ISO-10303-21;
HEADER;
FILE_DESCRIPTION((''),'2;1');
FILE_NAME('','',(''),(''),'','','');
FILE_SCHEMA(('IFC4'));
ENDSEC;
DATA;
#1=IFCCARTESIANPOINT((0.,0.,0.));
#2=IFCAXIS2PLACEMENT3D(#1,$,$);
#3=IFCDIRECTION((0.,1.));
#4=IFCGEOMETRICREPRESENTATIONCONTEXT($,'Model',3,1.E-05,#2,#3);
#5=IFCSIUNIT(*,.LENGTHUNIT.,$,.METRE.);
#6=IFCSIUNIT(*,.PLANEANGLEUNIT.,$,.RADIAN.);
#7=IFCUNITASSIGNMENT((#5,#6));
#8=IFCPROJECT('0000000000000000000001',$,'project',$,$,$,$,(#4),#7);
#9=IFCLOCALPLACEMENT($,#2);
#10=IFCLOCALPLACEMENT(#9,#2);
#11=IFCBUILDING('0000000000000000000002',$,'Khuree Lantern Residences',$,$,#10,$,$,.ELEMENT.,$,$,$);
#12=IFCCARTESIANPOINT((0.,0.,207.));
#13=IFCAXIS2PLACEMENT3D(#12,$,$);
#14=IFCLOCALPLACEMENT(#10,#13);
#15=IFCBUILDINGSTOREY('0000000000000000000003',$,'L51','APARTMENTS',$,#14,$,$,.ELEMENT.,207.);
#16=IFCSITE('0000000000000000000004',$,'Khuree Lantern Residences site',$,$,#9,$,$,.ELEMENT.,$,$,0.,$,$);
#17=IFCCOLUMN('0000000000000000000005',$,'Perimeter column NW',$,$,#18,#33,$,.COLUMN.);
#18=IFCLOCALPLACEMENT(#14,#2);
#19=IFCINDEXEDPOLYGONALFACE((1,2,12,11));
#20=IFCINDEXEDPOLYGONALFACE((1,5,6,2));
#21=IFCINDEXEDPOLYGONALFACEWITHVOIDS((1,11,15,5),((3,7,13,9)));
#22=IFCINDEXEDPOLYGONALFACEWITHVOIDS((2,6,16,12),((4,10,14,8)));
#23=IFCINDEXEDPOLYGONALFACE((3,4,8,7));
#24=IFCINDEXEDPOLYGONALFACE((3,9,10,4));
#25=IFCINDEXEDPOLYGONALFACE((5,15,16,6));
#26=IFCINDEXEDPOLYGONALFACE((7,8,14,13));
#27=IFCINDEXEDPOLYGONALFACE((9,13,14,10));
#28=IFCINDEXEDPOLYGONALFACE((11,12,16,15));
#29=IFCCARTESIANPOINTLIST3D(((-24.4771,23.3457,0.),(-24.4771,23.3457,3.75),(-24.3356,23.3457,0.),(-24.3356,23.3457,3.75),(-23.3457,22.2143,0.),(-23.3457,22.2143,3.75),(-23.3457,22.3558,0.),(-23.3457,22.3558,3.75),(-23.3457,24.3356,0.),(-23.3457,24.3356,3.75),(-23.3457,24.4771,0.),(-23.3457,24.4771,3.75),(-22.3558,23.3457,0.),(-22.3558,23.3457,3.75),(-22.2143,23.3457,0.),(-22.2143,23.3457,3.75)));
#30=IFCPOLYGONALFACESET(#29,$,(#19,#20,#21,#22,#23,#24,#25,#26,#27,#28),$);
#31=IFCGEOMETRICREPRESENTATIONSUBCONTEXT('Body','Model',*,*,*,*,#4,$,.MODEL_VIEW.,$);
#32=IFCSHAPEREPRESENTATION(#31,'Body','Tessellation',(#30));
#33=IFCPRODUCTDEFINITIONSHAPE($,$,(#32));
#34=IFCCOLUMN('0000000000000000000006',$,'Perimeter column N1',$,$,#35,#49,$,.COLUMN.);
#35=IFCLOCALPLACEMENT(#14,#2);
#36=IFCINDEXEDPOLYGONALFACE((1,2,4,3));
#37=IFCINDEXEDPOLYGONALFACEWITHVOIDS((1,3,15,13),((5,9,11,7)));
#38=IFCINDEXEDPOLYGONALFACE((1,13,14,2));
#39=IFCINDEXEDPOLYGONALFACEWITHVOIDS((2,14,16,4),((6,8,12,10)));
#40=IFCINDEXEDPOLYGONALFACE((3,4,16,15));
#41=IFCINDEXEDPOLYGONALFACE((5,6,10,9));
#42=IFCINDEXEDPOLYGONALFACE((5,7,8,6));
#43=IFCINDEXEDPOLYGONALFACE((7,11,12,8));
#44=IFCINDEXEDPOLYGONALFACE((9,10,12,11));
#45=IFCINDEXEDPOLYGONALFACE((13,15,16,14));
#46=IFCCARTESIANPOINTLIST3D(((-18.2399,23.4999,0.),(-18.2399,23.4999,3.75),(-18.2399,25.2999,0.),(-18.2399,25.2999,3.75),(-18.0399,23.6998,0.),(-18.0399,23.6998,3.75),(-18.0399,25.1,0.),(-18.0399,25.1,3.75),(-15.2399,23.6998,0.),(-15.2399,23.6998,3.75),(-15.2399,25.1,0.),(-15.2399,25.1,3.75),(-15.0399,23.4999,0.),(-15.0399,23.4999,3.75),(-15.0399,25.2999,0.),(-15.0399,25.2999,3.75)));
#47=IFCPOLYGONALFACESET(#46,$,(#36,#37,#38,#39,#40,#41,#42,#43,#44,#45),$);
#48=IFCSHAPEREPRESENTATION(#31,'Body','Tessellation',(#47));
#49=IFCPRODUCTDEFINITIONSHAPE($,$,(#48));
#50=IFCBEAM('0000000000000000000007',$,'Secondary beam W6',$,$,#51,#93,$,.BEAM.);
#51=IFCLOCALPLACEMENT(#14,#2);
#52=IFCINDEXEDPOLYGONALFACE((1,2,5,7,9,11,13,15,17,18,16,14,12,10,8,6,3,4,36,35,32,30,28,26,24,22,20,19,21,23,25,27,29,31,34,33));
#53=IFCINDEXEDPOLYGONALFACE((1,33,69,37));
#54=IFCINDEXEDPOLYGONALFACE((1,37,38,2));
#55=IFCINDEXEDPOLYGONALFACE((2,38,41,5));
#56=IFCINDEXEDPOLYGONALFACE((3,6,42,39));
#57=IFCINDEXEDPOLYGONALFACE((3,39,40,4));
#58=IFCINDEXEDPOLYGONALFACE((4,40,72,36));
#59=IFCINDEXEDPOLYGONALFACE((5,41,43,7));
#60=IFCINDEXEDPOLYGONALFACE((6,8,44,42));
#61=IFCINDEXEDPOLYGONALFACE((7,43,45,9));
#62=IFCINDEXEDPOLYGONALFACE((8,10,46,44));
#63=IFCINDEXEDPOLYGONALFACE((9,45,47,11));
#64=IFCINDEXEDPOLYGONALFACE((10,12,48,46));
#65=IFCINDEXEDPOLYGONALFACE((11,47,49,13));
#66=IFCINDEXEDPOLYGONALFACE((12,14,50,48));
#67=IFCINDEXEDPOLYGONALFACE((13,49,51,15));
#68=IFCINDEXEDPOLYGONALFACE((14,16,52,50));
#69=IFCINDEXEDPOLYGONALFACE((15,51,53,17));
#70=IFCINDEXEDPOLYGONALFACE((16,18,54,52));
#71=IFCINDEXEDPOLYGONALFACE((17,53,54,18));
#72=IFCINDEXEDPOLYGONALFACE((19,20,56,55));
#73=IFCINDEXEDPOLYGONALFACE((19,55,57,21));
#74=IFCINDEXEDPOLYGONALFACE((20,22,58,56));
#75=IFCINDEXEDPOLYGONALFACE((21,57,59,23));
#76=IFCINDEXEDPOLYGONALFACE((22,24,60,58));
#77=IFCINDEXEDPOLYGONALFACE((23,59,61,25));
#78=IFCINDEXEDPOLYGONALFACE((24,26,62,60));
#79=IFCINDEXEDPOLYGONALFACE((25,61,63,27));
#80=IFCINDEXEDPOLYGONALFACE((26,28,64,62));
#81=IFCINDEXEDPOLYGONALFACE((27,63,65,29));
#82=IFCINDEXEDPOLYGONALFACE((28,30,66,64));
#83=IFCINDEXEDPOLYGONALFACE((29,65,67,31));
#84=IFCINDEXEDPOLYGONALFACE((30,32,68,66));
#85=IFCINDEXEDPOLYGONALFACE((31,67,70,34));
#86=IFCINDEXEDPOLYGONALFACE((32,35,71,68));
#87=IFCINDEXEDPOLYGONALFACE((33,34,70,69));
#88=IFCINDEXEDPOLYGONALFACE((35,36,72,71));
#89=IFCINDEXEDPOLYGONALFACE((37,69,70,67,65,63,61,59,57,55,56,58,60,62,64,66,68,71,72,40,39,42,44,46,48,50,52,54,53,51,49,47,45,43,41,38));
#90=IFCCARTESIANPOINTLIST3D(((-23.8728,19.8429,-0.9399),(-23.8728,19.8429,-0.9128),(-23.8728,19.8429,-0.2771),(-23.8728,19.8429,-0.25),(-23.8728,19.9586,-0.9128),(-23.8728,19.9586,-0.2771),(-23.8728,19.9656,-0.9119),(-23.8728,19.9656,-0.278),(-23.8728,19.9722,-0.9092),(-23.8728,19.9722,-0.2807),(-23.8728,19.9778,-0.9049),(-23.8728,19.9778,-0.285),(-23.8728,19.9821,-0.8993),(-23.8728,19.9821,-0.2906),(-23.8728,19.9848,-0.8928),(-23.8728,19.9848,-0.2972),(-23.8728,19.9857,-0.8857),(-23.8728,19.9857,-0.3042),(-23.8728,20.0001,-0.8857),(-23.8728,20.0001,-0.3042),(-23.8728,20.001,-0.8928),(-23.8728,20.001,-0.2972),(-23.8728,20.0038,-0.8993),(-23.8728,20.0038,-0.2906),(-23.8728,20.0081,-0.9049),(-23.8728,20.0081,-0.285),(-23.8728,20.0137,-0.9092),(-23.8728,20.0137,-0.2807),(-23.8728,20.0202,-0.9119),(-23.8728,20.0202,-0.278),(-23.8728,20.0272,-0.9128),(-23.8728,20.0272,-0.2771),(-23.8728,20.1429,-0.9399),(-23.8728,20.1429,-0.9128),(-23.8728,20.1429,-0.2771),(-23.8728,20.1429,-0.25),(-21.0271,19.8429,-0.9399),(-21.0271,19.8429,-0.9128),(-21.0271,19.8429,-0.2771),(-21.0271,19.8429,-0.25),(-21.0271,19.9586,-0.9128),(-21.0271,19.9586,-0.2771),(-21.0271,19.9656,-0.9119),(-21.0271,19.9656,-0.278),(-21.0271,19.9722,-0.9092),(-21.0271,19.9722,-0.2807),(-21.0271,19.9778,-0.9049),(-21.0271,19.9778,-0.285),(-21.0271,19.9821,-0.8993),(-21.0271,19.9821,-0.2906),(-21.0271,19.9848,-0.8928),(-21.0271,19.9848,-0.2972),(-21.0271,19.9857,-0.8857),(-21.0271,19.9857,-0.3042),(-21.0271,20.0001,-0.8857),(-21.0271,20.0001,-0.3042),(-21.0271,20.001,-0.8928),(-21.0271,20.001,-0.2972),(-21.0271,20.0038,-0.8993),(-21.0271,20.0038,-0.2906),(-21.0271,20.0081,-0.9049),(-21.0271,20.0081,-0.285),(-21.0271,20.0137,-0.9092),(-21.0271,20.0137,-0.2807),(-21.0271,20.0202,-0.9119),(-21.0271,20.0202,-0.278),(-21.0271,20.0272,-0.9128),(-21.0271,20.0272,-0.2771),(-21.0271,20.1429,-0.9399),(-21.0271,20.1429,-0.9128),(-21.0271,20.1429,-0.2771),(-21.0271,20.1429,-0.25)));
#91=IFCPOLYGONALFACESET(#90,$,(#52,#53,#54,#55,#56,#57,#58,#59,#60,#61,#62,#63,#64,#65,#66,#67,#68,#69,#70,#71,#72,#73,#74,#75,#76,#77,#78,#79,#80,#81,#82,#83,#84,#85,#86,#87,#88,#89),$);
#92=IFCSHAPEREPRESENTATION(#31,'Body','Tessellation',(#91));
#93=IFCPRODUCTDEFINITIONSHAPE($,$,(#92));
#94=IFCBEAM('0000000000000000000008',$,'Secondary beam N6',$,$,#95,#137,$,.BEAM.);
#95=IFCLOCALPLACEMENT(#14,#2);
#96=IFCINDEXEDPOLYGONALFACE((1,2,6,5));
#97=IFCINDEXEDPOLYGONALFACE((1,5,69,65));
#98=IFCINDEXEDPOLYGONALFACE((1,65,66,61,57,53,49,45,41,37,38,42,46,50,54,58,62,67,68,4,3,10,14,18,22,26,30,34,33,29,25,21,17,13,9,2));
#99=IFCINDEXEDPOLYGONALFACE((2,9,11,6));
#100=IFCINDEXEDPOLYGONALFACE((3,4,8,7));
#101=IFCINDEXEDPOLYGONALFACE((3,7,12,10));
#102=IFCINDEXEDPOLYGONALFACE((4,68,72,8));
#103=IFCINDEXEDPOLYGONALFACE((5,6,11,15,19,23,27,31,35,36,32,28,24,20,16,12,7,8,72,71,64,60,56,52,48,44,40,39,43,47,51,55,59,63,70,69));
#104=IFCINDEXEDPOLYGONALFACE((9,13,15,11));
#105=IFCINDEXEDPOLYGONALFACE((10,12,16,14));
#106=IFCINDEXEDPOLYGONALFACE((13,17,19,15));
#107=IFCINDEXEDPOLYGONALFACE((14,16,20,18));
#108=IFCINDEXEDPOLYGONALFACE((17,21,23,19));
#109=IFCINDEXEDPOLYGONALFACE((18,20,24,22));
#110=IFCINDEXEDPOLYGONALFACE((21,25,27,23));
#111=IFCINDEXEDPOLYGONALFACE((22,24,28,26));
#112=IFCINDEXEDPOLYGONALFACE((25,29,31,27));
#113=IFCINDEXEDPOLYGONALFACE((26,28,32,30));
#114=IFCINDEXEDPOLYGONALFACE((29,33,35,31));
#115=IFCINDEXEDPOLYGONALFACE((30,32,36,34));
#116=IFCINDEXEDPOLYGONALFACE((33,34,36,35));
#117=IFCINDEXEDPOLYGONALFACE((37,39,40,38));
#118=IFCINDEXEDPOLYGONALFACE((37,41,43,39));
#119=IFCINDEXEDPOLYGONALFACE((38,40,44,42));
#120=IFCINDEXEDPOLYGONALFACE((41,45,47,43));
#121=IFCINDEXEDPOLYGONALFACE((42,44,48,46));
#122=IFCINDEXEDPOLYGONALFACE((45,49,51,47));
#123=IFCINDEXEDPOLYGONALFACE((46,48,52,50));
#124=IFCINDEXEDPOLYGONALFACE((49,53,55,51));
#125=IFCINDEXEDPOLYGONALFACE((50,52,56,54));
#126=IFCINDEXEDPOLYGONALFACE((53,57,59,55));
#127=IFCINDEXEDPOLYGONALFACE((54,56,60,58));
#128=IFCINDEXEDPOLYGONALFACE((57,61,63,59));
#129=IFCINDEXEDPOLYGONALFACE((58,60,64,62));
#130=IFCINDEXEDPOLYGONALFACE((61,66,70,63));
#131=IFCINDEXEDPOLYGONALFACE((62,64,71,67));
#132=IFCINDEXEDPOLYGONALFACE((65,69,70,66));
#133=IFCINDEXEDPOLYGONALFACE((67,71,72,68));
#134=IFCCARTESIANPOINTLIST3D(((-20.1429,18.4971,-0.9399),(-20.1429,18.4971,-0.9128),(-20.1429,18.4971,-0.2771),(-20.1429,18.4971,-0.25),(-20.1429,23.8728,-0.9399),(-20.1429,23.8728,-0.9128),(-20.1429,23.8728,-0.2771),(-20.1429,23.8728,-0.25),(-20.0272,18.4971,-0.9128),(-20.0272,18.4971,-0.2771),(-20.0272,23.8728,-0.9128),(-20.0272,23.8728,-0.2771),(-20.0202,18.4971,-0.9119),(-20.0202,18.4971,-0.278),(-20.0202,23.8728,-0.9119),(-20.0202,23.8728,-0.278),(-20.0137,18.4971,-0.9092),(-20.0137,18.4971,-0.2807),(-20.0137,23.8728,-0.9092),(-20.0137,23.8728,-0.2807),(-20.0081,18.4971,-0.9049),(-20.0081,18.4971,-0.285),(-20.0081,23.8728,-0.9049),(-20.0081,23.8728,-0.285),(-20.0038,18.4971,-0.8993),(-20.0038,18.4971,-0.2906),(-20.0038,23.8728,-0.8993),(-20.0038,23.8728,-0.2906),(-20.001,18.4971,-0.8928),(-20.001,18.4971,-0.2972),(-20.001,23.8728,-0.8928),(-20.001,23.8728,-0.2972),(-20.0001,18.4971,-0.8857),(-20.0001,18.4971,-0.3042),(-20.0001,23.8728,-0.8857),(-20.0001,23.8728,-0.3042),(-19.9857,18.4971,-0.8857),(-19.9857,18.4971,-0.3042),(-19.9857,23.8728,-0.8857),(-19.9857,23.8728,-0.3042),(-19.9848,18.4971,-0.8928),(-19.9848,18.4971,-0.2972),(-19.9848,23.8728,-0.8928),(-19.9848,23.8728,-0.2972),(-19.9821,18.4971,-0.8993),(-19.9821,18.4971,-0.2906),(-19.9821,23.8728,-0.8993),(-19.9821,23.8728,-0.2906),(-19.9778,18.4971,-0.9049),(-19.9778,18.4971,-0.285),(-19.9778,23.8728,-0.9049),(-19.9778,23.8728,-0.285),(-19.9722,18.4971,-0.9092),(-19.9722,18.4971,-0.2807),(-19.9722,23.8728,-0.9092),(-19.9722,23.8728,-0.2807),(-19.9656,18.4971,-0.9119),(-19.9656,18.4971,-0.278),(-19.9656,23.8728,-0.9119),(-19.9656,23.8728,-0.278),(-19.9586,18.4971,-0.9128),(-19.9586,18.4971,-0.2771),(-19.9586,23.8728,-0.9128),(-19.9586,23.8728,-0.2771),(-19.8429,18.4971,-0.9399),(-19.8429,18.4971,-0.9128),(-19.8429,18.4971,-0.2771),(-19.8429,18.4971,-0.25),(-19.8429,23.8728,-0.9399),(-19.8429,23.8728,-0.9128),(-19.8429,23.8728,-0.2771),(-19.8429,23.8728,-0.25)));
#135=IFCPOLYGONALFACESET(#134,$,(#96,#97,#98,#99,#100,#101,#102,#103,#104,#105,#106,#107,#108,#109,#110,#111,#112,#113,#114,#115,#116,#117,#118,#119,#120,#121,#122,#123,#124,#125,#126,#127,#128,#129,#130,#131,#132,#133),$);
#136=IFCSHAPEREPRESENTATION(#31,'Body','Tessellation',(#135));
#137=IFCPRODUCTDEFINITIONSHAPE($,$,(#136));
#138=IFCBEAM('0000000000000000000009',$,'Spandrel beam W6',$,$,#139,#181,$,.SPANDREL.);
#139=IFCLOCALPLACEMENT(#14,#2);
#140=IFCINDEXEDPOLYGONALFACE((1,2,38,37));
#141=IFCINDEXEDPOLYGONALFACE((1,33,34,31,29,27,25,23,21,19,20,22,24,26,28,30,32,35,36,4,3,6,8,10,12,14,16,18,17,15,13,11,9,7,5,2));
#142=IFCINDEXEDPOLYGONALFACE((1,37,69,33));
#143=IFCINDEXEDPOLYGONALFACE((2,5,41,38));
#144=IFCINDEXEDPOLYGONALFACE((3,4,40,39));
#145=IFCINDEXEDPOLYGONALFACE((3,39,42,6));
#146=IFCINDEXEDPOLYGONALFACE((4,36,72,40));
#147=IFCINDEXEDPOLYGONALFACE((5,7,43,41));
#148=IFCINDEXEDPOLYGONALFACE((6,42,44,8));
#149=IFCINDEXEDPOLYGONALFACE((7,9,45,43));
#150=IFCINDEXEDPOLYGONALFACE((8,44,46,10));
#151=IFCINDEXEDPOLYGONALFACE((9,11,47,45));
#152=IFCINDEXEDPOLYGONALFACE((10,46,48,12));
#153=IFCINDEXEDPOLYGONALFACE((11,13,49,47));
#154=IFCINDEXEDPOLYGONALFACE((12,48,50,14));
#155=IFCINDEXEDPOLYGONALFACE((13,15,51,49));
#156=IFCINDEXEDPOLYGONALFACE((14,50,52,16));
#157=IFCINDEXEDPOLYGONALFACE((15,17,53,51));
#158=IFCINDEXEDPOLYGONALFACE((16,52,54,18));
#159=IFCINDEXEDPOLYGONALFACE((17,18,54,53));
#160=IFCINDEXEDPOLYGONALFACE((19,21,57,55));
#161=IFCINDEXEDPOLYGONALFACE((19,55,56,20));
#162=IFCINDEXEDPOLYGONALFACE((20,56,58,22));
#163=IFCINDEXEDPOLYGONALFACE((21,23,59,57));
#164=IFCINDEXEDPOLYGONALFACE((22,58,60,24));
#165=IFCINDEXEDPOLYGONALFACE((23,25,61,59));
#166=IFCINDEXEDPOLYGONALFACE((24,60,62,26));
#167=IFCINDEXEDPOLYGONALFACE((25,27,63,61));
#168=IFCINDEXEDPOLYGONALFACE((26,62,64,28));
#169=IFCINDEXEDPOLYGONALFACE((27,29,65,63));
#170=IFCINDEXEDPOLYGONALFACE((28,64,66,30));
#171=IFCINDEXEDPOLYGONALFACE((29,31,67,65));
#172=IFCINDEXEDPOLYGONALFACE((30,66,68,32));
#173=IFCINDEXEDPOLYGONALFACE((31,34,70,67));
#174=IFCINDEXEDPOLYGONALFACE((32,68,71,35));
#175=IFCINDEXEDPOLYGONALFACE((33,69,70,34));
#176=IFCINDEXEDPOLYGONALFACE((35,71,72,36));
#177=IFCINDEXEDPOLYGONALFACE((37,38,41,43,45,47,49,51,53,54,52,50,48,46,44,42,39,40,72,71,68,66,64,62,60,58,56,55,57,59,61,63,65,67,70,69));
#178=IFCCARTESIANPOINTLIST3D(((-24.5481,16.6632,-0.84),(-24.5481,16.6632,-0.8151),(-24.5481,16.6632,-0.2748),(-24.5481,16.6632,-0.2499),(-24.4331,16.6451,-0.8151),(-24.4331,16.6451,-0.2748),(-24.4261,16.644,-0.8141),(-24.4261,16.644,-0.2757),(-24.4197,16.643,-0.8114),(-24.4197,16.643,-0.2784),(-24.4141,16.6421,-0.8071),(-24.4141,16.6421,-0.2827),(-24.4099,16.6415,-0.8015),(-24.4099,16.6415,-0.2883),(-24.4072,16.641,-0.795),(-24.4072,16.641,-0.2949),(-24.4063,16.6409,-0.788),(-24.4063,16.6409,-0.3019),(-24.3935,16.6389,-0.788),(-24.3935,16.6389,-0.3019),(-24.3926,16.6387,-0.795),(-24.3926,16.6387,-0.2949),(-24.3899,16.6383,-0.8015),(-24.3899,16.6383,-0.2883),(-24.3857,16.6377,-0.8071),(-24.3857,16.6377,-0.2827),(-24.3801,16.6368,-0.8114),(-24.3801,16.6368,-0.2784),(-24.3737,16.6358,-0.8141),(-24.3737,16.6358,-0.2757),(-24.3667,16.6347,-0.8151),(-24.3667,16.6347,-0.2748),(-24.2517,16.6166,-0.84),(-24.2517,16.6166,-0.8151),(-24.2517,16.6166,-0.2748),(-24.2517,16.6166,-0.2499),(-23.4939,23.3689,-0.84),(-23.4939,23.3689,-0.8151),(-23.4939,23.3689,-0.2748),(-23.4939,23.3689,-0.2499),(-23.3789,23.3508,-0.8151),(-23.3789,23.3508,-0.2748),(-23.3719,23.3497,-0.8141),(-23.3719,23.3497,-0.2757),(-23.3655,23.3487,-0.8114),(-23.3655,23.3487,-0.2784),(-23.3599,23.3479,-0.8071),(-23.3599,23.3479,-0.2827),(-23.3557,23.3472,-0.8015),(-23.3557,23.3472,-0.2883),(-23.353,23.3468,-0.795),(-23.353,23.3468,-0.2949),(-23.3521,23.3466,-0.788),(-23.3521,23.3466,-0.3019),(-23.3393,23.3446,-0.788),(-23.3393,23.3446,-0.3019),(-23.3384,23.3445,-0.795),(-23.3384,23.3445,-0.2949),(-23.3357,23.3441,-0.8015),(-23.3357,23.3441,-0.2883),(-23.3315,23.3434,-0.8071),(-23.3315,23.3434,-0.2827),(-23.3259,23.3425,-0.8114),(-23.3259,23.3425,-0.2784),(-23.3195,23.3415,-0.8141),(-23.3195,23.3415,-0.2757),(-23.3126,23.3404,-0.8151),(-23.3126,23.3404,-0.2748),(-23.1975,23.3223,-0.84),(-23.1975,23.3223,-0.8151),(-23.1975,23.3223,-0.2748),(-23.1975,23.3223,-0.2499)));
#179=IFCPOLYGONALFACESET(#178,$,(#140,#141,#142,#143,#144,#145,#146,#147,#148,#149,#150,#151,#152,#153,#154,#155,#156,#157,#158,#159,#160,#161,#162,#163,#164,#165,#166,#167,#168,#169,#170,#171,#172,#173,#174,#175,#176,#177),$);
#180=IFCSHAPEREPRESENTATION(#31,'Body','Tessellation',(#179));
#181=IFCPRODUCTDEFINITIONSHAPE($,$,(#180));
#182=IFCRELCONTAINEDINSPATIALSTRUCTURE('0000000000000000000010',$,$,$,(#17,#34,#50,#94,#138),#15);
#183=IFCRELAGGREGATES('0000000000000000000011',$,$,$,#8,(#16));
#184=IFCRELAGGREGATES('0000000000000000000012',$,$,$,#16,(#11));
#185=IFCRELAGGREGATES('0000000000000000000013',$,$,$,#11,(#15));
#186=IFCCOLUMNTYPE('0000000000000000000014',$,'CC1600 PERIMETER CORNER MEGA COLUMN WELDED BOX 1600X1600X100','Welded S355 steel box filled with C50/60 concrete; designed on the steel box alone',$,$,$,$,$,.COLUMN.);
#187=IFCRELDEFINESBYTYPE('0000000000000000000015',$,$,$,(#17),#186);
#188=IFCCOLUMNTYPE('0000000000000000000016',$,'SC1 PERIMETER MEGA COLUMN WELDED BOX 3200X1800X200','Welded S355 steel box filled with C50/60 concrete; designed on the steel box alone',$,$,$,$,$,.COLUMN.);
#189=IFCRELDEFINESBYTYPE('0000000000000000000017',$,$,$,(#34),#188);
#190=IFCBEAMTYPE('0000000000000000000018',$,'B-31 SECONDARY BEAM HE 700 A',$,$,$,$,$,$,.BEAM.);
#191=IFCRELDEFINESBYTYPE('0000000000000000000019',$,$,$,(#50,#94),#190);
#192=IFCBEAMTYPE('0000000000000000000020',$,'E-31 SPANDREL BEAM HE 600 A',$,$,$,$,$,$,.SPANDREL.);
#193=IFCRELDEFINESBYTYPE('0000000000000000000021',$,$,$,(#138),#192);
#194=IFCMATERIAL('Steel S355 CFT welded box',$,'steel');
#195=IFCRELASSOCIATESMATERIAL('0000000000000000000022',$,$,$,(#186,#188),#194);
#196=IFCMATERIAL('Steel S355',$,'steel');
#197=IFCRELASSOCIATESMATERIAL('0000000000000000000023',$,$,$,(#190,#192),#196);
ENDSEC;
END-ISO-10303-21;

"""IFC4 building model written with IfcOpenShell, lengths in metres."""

from ifc_helpers import new_model, si_unit, direction, frame, origin, origin_2d, place, context, subcontext, project, spatial, hollow_rectangle, i_section, extrude, material, material_profile, profile_set, type_object, element, save


model = new_model("IFC4")

# Units and contexts
model_context = context("Model", 3, precision=1e-05, world=origin(), true_north=direction((0.0, 1.0)))
body_context = subcontext(model_context, "Body", "Model", "MODEL_VIEW")
ifc_project = project(units=[si_unit("LENGTHUNIT", "METRE"), si_unit("PLANEANGLEUNIT", "RADIAN")], contexts=[model_context])

# Site, building, storey
site_placement = place(None, origin())
site = spatial("IfcSite", under=ifc_project, at=site_placement, Name="Khuree Lantern Residences site", CompositionType="ELEMENT", RefElevation=0.0)
building_placement = place(site_placement, origin())
building = spatial("IfcBuilding", under=site, at=building_placement, Name="Khuree Lantern Residences", CompositionType="ELEMENT")
storey_placement = place(building_placement, frame((0.0, 0.0, 207.0)))
storey = spatial("IfcBuildingStorey", under=building, at=storey_placement, Name="L51", Description="APARTMENTS", CompositionType="ELEMENT", Elevation=207.0)

# Columns
ifc_material_1 = material(Name="Steel S355 CFT welded box", Category="steel")
ifc_material_profile_1 = material_profile(ifc_material_1, hollow_rectangle(XDim=1.6001, YDim=1.6001, WallThickness=0.1001, at=origin_2d()), Name="WELDED BOX 1600X1600X100")
ifc_profile_set_1 = profile_set([ifc_material_profile_1], Name="Steel S355 CFT welded box")
column_type_1 = type_object("IfcColumnType", Name="CC1600 PERIMETER CORNER MEGA COLUMN WELDED BOX 1600X1600X100", Description="Welded S355 steel box filled with C50/60 concrete; designed on the steel box alone", PredefinedType="COLUMN", material=ifc_profile_set_1)
column_1_placement = place(storey_placement, frame((-23.3457, 23.3457, 0.0), z_axis=(0.0, 0.0, 1.0), x_axis=(0.707107, 0.707107, 0.0)))
element("IfcColumn", 1, at=column_1_placement, inside=storey, type_object=column_type_1, Name="Perimeter column NW", PredefinedType="COLUMN", context=body_context, shape_type="SweptSolid", body=[
    extrude(hollow_rectangle(XDim=1.6001, YDim=1.6001, WallThickness=0.1001, at=origin_2d()), origin(), (0.0, 0.0, 1.0), 3.75),
])
ifc_material_profile_2 = material_profile(ifc_material_1, hollow_rectangle(XDim=3.2, YDim=1.8, WallThickness=0.2, at=origin_2d()), Name="WELDED BOX 3200X1800X200")
ifc_profile_set_2 = profile_set([ifc_material_profile_2], Name="Steel S355 CFT welded box")
column_type_2 = type_object("IfcColumnType", Name="SC1 PERIMETER MEGA COLUMN WELDED BOX 3200X1800X200", Description="Welded S355 steel box filled with C50/60 concrete; designed on the steel box alone", PredefinedType="COLUMN", material=ifc_profile_set_2)
column_2_placement = place(storey_placement, frame((-16.6399, 24.3999, 0.0), z_axis=(0.0, 0.0, 1.0), x_axis=(1.0, 0.0, 0.0)))
element("IfcColumn", 2, at=column_2_placement, inside=storey, type_object=column_type_2, Name="Perimeter column N1", PredefinedType="COLUMN", context=body_context, shape_type="SweptSolid", body=[
    extrude(hollow_rectangle(XDim=3.2, YDim=1.8, WallThickness=0.2, at=origin_2d()), origin(), (0.0, 0.0, 1.0), 3.75),
])

# Beams
ifc_material_2 = material(Name="Steel S355", Category="steel")
ifc_material_profile_3 = material_profile(ifc_material_2, i_section(OverallWidth=0.3, OverallDepth=0.6899, WebThickness=0.0144, FlangeThickness=0.0271, FilletRadius=0.0271, at=origin_2d()), Name="HE 700 A")
ifc_profile_set_3 = profile_set([ifc_material_profile_3], Name="Steel S355")
beam_type_1 = type_object("IfcBeamType", Name="B-31 SECONDARY BEAM HE 700 A", PredefinedType="BEAM", material=ifc_profile_set_3)
beam_1_placement = place(storey_placement, frame((-23.8728, 19.9929, -0.595), z_axis=(1.0, 0.0, 0.0), x_axis=(0.0, 1.0, 0.0)))
element("IfcBeam", 3, at=beam_1_placement, inside=storey, type_object=beam_type_1, Name="Secondary beam W6", PredefinedType="BEAM", context=body_context, shape_type="SweptSolid", body=[
    extrude(i_section(OverallWidth=0.3, OverallDepth=0.6899, WebThickness=0.0144, FlangeThickness=0.0271, FilletRadius=0.0271, at=origin_2d()), origin(), (0.0, 0.0, 1.0), 2.8457),
])
beam_2_placement = place(storey_placement, frame((-19.9929, 23.8728, -0.595), z_axis=(0.0, -1.0, 0.0), x_axis=(1.0, 0.0, 0.0)))
element("IfcBeam", 4, at=beam_2_placement, inside=storey, type_object=beam_type_1, Name="Secondary beam N6", PredefinedType="BEAM", context=body_context, shape_type="SweptSolid", body=[
    extrude(i_section(OverallWidth=0.3, OverallDepth=0.6899, WebThickness=0.0144, FlangeThickness=0.0271, FilletRadius=0.0271, at=origin_2d()), origin(), (0.0, 0.0, 1.0), 5.3757),
])
ifc_material_profile_4 = material_profile(ifc_material_2, i_section(OverallWidth=0.3, OverallDepth=0.5901, WebThickness=0.0129, FlangeThickness=0.0249, FilletRadius=0.0271, at=origin_2d()), Name="HE 600 A")
ifc_profile_set_4 = profile_set([ifc_material_profile_4], Name="Steel S355")
beam_type_2 = type_object("IfcBeamType", Name="E-31 SPANDREL BEAM HE 600 A", PredefinedType="SPANDREL", material=ifc_profile_set_4)
for number, where, z_axis, x_axis, name in (
    (5, (-24.3999, 16.6399, -0.5449), (0.1553, 0.987867, 0.0), (-0.987867, 0.1553, 0.0), "Spandrel beam W6"),
):
    element("IfcBeam", number, at=place(storey_placement, frame(where, z_axis=z_axis, x_axis=x_axis)), inside=storey, type_object=beam_type_2, Name=name, PredefinedType="SPANDREL", context=body_context, shape_type="SweptSolid", body=[
        extrude(i_section(OverallWidth=0.3, OverallDepth=0.5901, WebThickness=0.0129, FlangeThickness=0.0249, FilletRadius=0.0271, at=origin_2d()), origin(), (0.0, 0.0, 1.0), 6.7881),
    ])

save(model, "model.ifc")
